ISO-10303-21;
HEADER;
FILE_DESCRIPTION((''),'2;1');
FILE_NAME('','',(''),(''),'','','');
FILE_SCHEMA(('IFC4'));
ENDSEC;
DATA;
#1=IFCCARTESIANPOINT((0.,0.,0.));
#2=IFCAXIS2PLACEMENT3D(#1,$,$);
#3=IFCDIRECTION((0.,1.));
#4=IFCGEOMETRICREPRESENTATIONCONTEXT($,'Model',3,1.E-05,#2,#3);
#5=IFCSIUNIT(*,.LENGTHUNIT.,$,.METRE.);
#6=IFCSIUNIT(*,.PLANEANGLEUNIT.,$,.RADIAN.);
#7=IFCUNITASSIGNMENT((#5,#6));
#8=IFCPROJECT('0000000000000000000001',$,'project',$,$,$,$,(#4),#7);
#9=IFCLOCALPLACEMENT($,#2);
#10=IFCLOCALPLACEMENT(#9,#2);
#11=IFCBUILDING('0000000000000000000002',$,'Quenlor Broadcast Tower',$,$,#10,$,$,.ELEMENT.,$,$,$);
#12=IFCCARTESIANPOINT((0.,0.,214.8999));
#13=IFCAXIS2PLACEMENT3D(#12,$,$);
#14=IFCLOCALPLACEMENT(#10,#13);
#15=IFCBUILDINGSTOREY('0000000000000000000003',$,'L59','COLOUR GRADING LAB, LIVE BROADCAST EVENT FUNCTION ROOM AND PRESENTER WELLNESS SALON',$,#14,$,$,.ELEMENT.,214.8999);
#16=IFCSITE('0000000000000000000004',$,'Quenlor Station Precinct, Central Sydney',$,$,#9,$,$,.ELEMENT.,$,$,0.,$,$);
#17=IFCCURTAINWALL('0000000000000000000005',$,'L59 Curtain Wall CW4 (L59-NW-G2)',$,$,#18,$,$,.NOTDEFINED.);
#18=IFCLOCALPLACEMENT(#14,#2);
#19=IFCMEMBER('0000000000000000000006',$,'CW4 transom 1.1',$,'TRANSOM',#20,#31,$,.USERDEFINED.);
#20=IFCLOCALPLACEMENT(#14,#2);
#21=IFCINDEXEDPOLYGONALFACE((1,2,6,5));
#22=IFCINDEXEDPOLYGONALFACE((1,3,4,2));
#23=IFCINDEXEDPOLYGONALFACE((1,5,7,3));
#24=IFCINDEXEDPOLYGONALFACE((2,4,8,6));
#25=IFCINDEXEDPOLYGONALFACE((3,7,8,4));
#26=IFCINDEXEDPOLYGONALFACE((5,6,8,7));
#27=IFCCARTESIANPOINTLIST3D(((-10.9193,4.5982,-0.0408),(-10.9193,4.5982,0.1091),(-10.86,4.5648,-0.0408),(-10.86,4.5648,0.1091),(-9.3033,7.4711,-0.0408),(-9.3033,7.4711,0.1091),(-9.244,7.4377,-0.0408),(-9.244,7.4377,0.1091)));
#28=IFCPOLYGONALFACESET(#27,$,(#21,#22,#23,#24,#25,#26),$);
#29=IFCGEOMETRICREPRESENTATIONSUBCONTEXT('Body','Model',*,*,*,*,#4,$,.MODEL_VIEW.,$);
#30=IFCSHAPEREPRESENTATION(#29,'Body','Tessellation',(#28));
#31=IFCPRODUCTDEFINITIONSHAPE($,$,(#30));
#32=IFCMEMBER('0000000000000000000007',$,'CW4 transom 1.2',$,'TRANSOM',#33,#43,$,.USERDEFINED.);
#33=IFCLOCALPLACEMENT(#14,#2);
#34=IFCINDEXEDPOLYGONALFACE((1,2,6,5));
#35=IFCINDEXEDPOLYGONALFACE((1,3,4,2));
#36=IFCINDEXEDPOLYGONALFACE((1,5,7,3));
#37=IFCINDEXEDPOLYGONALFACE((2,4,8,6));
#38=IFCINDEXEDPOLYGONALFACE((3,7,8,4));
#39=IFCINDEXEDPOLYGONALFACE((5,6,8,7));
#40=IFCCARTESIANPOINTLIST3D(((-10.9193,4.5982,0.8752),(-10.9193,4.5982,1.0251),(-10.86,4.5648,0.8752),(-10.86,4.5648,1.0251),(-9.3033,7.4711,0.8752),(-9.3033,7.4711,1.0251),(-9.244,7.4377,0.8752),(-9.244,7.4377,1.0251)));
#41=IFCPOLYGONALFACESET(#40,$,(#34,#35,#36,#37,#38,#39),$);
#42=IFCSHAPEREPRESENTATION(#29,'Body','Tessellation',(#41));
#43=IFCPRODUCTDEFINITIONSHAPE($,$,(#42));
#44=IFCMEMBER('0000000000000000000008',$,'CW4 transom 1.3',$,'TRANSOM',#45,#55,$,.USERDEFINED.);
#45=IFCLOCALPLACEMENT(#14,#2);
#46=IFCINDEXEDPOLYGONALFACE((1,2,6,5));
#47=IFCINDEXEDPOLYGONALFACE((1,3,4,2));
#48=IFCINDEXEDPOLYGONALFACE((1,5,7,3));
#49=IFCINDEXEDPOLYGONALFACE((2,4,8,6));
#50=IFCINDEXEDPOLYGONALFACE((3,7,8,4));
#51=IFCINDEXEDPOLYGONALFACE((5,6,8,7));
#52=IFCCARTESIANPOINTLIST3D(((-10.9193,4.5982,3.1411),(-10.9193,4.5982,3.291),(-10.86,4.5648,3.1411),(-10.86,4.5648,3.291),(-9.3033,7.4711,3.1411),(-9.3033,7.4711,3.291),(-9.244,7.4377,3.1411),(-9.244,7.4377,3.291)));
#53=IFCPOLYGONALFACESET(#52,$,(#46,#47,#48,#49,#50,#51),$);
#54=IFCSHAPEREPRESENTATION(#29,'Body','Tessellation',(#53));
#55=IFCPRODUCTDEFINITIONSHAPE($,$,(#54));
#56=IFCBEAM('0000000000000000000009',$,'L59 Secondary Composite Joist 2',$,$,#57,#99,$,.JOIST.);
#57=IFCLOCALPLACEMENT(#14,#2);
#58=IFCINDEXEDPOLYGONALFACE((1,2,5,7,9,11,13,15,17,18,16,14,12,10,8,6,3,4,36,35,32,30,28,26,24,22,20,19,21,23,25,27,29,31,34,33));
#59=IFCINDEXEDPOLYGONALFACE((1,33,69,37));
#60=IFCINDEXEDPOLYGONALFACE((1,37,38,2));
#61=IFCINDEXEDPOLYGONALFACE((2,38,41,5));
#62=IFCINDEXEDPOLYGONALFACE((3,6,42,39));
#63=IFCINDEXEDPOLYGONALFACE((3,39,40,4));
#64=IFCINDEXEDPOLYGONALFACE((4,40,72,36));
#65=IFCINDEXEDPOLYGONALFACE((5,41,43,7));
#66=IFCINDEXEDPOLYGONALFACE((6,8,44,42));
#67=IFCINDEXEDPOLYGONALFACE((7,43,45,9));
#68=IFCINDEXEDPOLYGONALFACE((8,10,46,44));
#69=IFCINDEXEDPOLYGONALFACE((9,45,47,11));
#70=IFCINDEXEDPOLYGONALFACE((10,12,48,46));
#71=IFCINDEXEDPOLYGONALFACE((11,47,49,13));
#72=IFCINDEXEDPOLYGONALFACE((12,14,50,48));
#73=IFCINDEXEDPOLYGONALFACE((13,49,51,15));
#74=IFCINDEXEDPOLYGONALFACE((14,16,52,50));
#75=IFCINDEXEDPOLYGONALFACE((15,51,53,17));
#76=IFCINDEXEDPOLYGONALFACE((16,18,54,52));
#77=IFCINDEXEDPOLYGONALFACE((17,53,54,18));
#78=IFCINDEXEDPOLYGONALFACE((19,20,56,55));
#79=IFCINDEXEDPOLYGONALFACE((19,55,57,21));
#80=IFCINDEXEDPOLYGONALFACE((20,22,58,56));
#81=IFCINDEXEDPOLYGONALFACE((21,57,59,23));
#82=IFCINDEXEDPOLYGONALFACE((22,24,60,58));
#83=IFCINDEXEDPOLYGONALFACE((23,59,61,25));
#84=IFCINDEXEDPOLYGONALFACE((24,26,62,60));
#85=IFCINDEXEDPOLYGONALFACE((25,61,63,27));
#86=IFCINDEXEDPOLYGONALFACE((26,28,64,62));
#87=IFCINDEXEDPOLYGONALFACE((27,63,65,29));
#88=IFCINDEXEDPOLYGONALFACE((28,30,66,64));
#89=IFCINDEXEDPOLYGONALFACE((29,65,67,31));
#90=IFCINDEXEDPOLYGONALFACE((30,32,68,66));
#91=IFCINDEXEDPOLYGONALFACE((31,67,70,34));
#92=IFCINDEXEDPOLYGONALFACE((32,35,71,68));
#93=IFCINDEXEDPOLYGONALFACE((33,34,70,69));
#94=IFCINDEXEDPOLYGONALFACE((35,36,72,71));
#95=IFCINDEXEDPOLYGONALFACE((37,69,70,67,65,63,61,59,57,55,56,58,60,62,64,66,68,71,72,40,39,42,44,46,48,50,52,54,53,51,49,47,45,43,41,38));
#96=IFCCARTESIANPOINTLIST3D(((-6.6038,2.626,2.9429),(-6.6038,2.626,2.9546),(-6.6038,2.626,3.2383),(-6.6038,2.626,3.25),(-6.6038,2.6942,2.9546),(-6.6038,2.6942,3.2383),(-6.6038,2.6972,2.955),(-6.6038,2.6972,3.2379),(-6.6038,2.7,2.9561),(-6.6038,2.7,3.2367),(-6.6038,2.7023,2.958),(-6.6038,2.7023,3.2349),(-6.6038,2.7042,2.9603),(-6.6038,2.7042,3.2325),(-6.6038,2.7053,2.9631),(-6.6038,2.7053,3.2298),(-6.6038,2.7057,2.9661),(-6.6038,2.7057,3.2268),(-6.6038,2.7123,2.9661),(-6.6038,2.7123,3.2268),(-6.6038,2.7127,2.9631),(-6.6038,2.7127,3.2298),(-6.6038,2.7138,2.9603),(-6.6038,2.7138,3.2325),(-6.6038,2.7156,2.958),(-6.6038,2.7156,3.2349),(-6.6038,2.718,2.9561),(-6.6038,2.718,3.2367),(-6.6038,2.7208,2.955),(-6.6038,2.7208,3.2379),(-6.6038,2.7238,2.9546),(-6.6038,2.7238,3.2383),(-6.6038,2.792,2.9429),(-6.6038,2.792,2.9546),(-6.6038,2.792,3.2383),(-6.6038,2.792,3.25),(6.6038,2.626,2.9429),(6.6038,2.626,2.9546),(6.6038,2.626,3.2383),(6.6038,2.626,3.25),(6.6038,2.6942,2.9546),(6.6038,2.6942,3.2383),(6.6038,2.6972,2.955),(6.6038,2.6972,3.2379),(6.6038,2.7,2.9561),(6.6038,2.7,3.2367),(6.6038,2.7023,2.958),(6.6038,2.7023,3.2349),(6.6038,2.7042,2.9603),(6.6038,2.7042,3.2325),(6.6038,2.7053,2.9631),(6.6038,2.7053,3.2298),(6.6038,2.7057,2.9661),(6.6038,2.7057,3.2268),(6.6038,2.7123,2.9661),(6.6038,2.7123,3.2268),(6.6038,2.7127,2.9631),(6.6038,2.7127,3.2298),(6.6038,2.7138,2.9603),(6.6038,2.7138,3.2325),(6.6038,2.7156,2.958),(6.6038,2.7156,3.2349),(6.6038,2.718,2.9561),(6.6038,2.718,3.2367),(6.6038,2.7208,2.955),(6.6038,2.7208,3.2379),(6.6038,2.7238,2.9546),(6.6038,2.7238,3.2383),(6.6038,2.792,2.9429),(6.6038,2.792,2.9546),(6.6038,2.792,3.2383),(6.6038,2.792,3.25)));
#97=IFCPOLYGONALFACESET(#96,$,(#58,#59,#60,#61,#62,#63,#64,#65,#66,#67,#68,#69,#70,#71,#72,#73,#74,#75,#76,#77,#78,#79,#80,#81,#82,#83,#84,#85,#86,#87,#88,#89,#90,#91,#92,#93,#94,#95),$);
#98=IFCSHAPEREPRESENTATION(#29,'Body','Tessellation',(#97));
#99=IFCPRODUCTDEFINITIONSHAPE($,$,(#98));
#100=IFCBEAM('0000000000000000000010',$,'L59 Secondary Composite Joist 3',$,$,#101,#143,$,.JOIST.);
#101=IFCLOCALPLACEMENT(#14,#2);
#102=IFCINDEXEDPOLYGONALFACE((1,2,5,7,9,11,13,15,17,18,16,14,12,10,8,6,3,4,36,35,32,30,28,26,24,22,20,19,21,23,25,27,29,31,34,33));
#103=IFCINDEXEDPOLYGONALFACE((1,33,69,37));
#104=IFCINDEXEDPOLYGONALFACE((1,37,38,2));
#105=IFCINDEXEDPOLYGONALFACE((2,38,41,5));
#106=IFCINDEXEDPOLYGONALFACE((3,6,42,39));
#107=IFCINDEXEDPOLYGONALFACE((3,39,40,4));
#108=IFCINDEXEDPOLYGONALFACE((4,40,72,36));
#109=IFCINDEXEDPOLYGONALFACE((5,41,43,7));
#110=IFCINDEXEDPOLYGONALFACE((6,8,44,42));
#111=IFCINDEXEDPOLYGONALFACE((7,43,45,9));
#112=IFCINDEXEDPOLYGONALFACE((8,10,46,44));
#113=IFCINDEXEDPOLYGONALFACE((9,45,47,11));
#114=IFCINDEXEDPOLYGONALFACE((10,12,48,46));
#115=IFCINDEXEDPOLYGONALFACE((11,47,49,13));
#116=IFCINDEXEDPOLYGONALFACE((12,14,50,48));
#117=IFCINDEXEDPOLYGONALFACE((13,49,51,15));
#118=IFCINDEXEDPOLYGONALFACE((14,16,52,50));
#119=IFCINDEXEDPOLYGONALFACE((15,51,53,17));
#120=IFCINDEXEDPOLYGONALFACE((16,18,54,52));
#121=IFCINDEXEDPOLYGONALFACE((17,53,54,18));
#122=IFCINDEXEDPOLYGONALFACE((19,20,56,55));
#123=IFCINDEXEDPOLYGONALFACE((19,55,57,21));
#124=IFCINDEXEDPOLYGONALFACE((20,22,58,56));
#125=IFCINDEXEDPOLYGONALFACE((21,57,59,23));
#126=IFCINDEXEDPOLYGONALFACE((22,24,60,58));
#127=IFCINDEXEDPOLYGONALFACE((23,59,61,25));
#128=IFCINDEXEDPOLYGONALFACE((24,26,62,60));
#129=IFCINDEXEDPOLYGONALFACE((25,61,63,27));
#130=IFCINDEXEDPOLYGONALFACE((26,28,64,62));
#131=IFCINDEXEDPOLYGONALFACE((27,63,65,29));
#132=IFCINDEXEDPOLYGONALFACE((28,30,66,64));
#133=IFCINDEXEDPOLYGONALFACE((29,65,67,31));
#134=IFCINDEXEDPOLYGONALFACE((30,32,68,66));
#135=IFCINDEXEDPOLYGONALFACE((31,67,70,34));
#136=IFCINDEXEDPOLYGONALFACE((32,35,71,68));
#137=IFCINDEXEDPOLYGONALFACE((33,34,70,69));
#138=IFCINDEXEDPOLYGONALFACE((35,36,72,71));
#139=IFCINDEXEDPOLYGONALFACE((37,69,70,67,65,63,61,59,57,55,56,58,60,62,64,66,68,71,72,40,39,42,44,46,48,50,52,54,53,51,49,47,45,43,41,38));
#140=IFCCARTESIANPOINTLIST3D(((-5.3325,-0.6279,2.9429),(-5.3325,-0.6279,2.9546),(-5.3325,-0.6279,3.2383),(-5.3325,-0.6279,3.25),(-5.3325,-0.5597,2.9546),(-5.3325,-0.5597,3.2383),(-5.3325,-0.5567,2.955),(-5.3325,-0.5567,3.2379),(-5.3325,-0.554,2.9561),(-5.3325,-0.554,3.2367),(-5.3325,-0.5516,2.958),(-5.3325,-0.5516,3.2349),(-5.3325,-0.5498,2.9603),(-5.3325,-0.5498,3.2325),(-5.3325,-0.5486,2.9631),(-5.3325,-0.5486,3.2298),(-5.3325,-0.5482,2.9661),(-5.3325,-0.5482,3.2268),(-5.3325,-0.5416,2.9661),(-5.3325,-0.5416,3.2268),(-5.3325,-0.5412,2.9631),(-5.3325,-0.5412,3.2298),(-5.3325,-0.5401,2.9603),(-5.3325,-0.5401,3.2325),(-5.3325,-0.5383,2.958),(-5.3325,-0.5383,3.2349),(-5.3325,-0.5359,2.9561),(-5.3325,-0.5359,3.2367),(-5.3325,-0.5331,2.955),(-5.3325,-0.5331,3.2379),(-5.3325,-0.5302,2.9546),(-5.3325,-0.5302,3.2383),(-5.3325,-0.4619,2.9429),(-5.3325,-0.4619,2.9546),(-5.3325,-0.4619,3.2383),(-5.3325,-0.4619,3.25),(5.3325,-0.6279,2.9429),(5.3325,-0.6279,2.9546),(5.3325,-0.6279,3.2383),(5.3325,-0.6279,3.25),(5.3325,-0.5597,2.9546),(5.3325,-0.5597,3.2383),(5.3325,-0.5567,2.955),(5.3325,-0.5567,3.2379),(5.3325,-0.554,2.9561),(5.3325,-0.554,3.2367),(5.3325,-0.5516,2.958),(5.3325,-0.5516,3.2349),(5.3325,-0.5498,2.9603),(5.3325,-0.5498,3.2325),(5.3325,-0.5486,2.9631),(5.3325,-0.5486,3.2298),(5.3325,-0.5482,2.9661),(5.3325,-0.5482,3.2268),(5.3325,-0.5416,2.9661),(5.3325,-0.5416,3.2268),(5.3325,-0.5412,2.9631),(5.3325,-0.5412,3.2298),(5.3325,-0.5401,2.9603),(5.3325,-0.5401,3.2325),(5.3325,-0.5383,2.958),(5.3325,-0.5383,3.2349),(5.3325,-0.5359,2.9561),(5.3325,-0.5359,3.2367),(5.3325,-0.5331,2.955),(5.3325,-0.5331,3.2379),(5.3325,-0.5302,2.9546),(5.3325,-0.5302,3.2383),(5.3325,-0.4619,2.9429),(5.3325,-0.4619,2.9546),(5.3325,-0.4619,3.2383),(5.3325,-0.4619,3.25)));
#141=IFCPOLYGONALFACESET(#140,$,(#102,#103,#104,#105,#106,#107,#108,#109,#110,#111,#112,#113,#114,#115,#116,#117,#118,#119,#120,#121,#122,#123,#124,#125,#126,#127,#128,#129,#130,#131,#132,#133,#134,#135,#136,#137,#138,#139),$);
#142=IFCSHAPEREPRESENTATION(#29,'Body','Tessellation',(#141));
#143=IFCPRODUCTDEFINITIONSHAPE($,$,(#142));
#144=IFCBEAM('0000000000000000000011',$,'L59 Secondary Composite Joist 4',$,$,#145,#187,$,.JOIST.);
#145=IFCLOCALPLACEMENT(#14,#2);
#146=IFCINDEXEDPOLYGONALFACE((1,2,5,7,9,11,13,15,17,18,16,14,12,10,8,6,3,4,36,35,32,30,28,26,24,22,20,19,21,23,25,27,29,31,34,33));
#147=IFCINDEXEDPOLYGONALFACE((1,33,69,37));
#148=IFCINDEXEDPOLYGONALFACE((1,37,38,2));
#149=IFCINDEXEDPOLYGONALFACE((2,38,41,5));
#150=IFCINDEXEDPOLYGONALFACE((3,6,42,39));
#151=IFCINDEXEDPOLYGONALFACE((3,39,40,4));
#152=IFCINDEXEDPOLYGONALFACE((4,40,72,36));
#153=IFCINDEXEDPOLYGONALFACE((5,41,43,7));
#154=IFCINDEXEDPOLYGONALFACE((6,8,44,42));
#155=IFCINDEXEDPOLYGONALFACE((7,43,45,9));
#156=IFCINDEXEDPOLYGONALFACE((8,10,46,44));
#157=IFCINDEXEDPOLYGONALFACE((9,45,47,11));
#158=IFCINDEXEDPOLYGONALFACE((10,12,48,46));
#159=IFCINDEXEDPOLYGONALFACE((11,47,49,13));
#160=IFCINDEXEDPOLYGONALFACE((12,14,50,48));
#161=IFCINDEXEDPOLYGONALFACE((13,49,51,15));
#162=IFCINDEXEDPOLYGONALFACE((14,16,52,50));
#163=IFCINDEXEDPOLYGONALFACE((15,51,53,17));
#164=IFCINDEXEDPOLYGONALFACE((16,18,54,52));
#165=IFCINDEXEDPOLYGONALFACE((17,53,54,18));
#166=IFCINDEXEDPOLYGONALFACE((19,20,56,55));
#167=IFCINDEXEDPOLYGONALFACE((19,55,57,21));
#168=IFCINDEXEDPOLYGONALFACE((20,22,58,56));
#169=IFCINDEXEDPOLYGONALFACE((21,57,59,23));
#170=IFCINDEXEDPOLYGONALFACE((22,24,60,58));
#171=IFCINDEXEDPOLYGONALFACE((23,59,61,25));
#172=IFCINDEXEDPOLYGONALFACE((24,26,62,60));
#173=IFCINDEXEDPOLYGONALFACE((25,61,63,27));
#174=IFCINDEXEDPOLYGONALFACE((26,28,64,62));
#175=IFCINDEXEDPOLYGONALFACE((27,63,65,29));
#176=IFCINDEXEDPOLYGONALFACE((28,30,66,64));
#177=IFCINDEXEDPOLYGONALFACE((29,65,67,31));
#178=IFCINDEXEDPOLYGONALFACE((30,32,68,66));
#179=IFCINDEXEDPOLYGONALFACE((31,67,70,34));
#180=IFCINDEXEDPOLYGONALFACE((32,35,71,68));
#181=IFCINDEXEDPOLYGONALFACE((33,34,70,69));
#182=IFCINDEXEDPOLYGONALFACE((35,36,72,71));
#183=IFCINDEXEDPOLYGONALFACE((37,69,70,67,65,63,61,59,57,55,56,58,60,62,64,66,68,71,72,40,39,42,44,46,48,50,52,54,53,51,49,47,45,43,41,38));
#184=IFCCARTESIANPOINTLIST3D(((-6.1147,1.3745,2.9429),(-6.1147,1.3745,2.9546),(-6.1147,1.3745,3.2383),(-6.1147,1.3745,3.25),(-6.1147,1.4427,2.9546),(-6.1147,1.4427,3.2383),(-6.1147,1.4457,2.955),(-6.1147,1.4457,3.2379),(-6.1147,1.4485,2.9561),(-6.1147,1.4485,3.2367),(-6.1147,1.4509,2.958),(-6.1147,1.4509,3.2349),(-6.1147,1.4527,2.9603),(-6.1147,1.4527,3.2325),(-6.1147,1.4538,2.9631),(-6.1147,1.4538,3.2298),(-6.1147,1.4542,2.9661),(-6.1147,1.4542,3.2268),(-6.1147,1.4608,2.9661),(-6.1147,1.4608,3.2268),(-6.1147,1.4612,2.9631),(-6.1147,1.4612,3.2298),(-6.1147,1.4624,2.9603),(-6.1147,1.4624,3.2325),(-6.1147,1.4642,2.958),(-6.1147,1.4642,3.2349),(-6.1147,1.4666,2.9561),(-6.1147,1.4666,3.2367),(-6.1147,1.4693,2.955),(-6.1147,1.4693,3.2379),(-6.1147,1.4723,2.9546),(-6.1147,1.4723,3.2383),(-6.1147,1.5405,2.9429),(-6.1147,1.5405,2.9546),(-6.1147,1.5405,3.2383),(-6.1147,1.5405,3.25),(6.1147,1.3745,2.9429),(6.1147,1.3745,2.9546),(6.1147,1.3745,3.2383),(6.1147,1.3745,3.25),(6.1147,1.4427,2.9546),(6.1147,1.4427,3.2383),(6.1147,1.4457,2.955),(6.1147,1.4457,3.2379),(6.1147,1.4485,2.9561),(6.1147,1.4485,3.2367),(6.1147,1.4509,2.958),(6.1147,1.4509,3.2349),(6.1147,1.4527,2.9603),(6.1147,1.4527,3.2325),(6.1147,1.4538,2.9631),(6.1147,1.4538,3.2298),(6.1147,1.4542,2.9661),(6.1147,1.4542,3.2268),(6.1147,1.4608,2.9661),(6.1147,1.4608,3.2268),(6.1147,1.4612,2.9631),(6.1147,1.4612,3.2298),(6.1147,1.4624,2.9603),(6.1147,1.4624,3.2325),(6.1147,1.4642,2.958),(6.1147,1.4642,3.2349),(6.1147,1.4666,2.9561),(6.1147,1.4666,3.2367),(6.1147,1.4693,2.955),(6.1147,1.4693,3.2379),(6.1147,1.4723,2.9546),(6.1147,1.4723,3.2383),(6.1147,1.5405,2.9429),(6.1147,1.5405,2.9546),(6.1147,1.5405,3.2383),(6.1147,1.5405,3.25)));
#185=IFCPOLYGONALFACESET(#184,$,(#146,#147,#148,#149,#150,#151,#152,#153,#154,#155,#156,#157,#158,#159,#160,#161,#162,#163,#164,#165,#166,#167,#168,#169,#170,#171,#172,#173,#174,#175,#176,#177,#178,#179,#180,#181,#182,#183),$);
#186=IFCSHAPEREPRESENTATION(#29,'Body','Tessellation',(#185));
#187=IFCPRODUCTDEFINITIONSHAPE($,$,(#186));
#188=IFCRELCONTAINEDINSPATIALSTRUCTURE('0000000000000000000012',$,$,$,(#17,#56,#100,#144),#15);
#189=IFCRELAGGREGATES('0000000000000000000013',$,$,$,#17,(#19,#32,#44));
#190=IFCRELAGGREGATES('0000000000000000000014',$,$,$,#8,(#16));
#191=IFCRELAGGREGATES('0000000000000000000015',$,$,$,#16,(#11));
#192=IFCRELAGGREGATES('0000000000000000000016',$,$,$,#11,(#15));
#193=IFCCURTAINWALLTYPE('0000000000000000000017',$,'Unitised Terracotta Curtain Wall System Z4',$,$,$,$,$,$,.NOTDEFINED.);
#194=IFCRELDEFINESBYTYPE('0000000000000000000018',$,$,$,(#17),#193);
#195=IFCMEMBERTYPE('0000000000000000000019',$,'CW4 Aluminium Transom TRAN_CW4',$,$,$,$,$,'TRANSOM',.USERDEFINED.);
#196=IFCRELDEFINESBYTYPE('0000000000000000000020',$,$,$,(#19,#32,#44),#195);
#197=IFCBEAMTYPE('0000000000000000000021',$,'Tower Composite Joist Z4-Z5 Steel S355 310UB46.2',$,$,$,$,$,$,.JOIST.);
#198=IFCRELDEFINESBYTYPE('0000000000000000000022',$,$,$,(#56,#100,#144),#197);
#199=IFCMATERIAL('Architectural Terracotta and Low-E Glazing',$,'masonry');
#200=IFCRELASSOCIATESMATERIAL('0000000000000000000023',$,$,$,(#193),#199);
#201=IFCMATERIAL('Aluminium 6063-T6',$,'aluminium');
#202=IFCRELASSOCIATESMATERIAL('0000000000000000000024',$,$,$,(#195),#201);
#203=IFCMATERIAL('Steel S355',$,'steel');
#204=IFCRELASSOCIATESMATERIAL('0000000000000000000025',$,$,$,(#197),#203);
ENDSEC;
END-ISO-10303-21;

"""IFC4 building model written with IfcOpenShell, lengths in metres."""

from ifc_helpers import new_model, si_unit, direction, frame, origin, origin_2d, place, context, subcontext, project, spatial, rectangle, i_section, extrude, material, material_profile, profile_set, type_object, element, aggregate, save


model = new_model("IFC4")

# Units and contexts
model_context = context("Model", 3, precision=1e-05, world=origin(), true_north=direction((0.0, 1.0)))
body_context = subcontext(model_context, "Body", "Model", "MODEL_VIEW")
ifc_project = project(units=[si_unit("LENGTHUNIT", "METRE"), si_unit("PLANEANGLEUNIT", "RADIAN")], contexts=[model_context])

# Site, building, storey
site_placement = place(None, origin())
site = spatial("IfcSite", under=ifc_project, at=site_placement, Name="Quenlor Station Precinct, Central Sydney", CompositionType="ELEMENT", RefElevation=0.0)
building_placement = place(site_placement, origin())
building = spatial("IfcBuilding", under=site, at=building_placement, Name="Quenlor Broadcast Tower", CompositionType="ELEMENT")
storey_placement = place(building_placement, frame((0.0, 0.0, 214.8999)))
storey = spatial("IfcBuildingStorey", under=building, at=storey_placement, Name="L59", Description="COLOUR GRADING LAB, LIVE BROADCAST EVENT FUNCTION ROOM AND PRESENTER WELLNESS SALON", CompositionType="ELEMENT", Elevation=214.8999)

# Curtain wall, members
ifc_material_1 = material(Name="Architectural Terracotta and Low-E Glazing", Category="masonry")
curtain_wall_type = type_object("IfcCurtainWallType", Name="Unitised Terracotta Curtain Wall System Z4", PredefinedType="NOTDEFINED", material=ifc_material_1)
curtain_wall_placement = place(storey_placement, origin())
curtain_wall = element("IfcCurtainWall", 1, at=curtain_wall_placement, inside=storey, type_object=curtain_wall_type, Name="L59 Curtain Wall CW4 (L59-NW-G2)", PredefinedType="NOTDEFINED")
ifc_material_2 = material(Name="Aluminium 6063-T6", Category="aluminium")
ifc_material_profile_1 = material_profile(ifc_material_2, rectangle(XDim=0.0681, YDim=0.1499, at=origin_2d()))
ifc_profile_set_1 = profile_set([ifc_material_profile_1], Name="Aluminium 6063-T6 TRAN68x150")
member_type = type_object("IfcMemberType", Name="CW4 Aluminium Transom TRAN_CW4", ElementType="TRANSOM", PredefinedType="USERDEFINED", material=ifc_profile_set_1)
member_1_placement = place(storey_placement, frame((-10.8896, 4.5815, 0.0342), z_axis=(0.490265, 0.871574, 0.0), x_axis=(-0.871574, 0.490265, 0.0)))
member_1 = element("IfcMember", 2, at=member_1_placement, type_object=member_type, Name="CW4 transom 1.1", ObjectType="TRANSOM", PredefinedType="USERDEFINED", context=body_context, shape_type="SweptSolid", body=[
    extrude(rectangle(XDim=0.0681, YDim=0.1499, at=origin_2d()), origin(), (0.0, 0.0, 1.0), 3.2961),
])
member_2_placement = place(storey_placement, frame((-10.8896, 4.5815, 0.9502), z_axis=(0.490265, 0.871574, 0.0), x_axis=(-0.871574, 0.490265, 0.0)))
member_2 = element("IfcMember", 3, at=member_2_placement, type_object=member_type, Name="CW4 transom 1.2", ObjectType="TRANSOM", PredefinedType="USERDEFINED", context=body_context, shape_type="SweptSolid", body=[
    extrude(rectangle(XDim=0.0681, YDim=0.1499, at=origin_2d()), origin(), (0.0, 0.0, 1.0), 3.2961),
])
member_3_placement = place(storey_placement, frame((-10.8896, 4.5815, 3.2161), z_axis=(0.490265, 0.871574, 0.0), x_axis=(-0.871574, 0.490265, 0.0)))
member_3 = element("IfcMember", 4, at=member_3_placement, type_object=member_type, Name="CW4 transom 1.3", ObjectType="TRANSOM", PredefinedType="USERDEFINED", context=body_context, shape_type="SweptSolid", body=[
    extrude(rectangle(XDim=0.0681, YDim=0.1499, at=origin_2d()), origin(), (0.0, 0.0, 1.0), 3.2961),
])
aggregate(curtain_wall, [member_1, member_2, member_3])

# Beams
ifc_material_3 = material(Name="Steel S355", Category="steel")
ifc_material_profile_2 = material_profile(ifc_material_3, i_section(OverallWidth=0.166, OverallDepth=0.3071, WebThickness=0.0066, FlangeThickness=0.0117, FilletRadius=0.0115, at=origin_2d()))
ifc_profile_set_2 = profile_set([ifc_material_profile_2], Name="Steel S355 310UB46.2")
beam_type = type_object("IfcBeamType", Name="Tower Composite Joist Z4-Z5 Steel S355 310UB46.2", PredefinedType="JOIST", material=ifc_profile_set_2)
beam_1_placement = place(storey_placement, frame((-6.6038, 2.709, 3.0964), z_axis=(1.0, 0.0, 0.0), x_axis=(0.0, 1.0, 0.0)))
element("IfcBeam", 5, at=beam_1_placement, inside=storey, type_object=beam_type, Name="L59 Secondary Composite Joist 2", PredefinedType="JOIST", context=body_context, shape_type="SweptSolid", body=[
    extrude(i_section(OverallWidth=0.166, OverallDepth=0.3071, WebThickness=0.0066, FlangeThickness=0.0117, FilletRadius=0.0115, at=origin_2d()), origin(), (0.0, 0.0, 1.0), 13.2075),
])
beam_2_placement = place(storey_placement, frame((-5.3325, -0.5449, 3.0964), z_axis=(1.0, 0.0, 0.0), x_axis=(0.0, 1.0, 0.0)))
element("IfcBeam", 6, at=beam_2_placement, inside=storey, type_object=beam_type, Name="L59 Secondary Composite Joist 3", PredefinedType="JOIST", context=body_context, shape_type="SweptSolid", body=[
    extrude(i_section(OverallWidth=0.166, OverallDepth=0.3071, WebThickness=0.0066, FlangeThickness=0.0117, FilletRadius=0.0115, at=origin_2d()), origin(), (0.0, 0.0, 1.0), 10.665),
])
beam_3_placement = place(storey_placement, frame((-6.1147, 1.4575, 3.0964), z_axis=(1.0, 0.0, 0.0), x_axis=(0.0, 1.0, 0.0)))
element("IfcBeam", 7, at=beam_3_placement, inside=storey, type_object=beam_type, Name="L59 Secondary Composite Joist 4", PredefinedType="JOIST", context=body_context, shape_type="SweptSolid", body=[
    extrude(i_section(OverallWidth=0.166, OverallDepth=0.3071, WebThickness=0.0066, FlangeThickness=0.0117, FilletRadius=0.0115, at=origin_2d()), origin(), (0.0, 0.0, 1.0), 12.2295),
])

save(model, "model.ifc")
